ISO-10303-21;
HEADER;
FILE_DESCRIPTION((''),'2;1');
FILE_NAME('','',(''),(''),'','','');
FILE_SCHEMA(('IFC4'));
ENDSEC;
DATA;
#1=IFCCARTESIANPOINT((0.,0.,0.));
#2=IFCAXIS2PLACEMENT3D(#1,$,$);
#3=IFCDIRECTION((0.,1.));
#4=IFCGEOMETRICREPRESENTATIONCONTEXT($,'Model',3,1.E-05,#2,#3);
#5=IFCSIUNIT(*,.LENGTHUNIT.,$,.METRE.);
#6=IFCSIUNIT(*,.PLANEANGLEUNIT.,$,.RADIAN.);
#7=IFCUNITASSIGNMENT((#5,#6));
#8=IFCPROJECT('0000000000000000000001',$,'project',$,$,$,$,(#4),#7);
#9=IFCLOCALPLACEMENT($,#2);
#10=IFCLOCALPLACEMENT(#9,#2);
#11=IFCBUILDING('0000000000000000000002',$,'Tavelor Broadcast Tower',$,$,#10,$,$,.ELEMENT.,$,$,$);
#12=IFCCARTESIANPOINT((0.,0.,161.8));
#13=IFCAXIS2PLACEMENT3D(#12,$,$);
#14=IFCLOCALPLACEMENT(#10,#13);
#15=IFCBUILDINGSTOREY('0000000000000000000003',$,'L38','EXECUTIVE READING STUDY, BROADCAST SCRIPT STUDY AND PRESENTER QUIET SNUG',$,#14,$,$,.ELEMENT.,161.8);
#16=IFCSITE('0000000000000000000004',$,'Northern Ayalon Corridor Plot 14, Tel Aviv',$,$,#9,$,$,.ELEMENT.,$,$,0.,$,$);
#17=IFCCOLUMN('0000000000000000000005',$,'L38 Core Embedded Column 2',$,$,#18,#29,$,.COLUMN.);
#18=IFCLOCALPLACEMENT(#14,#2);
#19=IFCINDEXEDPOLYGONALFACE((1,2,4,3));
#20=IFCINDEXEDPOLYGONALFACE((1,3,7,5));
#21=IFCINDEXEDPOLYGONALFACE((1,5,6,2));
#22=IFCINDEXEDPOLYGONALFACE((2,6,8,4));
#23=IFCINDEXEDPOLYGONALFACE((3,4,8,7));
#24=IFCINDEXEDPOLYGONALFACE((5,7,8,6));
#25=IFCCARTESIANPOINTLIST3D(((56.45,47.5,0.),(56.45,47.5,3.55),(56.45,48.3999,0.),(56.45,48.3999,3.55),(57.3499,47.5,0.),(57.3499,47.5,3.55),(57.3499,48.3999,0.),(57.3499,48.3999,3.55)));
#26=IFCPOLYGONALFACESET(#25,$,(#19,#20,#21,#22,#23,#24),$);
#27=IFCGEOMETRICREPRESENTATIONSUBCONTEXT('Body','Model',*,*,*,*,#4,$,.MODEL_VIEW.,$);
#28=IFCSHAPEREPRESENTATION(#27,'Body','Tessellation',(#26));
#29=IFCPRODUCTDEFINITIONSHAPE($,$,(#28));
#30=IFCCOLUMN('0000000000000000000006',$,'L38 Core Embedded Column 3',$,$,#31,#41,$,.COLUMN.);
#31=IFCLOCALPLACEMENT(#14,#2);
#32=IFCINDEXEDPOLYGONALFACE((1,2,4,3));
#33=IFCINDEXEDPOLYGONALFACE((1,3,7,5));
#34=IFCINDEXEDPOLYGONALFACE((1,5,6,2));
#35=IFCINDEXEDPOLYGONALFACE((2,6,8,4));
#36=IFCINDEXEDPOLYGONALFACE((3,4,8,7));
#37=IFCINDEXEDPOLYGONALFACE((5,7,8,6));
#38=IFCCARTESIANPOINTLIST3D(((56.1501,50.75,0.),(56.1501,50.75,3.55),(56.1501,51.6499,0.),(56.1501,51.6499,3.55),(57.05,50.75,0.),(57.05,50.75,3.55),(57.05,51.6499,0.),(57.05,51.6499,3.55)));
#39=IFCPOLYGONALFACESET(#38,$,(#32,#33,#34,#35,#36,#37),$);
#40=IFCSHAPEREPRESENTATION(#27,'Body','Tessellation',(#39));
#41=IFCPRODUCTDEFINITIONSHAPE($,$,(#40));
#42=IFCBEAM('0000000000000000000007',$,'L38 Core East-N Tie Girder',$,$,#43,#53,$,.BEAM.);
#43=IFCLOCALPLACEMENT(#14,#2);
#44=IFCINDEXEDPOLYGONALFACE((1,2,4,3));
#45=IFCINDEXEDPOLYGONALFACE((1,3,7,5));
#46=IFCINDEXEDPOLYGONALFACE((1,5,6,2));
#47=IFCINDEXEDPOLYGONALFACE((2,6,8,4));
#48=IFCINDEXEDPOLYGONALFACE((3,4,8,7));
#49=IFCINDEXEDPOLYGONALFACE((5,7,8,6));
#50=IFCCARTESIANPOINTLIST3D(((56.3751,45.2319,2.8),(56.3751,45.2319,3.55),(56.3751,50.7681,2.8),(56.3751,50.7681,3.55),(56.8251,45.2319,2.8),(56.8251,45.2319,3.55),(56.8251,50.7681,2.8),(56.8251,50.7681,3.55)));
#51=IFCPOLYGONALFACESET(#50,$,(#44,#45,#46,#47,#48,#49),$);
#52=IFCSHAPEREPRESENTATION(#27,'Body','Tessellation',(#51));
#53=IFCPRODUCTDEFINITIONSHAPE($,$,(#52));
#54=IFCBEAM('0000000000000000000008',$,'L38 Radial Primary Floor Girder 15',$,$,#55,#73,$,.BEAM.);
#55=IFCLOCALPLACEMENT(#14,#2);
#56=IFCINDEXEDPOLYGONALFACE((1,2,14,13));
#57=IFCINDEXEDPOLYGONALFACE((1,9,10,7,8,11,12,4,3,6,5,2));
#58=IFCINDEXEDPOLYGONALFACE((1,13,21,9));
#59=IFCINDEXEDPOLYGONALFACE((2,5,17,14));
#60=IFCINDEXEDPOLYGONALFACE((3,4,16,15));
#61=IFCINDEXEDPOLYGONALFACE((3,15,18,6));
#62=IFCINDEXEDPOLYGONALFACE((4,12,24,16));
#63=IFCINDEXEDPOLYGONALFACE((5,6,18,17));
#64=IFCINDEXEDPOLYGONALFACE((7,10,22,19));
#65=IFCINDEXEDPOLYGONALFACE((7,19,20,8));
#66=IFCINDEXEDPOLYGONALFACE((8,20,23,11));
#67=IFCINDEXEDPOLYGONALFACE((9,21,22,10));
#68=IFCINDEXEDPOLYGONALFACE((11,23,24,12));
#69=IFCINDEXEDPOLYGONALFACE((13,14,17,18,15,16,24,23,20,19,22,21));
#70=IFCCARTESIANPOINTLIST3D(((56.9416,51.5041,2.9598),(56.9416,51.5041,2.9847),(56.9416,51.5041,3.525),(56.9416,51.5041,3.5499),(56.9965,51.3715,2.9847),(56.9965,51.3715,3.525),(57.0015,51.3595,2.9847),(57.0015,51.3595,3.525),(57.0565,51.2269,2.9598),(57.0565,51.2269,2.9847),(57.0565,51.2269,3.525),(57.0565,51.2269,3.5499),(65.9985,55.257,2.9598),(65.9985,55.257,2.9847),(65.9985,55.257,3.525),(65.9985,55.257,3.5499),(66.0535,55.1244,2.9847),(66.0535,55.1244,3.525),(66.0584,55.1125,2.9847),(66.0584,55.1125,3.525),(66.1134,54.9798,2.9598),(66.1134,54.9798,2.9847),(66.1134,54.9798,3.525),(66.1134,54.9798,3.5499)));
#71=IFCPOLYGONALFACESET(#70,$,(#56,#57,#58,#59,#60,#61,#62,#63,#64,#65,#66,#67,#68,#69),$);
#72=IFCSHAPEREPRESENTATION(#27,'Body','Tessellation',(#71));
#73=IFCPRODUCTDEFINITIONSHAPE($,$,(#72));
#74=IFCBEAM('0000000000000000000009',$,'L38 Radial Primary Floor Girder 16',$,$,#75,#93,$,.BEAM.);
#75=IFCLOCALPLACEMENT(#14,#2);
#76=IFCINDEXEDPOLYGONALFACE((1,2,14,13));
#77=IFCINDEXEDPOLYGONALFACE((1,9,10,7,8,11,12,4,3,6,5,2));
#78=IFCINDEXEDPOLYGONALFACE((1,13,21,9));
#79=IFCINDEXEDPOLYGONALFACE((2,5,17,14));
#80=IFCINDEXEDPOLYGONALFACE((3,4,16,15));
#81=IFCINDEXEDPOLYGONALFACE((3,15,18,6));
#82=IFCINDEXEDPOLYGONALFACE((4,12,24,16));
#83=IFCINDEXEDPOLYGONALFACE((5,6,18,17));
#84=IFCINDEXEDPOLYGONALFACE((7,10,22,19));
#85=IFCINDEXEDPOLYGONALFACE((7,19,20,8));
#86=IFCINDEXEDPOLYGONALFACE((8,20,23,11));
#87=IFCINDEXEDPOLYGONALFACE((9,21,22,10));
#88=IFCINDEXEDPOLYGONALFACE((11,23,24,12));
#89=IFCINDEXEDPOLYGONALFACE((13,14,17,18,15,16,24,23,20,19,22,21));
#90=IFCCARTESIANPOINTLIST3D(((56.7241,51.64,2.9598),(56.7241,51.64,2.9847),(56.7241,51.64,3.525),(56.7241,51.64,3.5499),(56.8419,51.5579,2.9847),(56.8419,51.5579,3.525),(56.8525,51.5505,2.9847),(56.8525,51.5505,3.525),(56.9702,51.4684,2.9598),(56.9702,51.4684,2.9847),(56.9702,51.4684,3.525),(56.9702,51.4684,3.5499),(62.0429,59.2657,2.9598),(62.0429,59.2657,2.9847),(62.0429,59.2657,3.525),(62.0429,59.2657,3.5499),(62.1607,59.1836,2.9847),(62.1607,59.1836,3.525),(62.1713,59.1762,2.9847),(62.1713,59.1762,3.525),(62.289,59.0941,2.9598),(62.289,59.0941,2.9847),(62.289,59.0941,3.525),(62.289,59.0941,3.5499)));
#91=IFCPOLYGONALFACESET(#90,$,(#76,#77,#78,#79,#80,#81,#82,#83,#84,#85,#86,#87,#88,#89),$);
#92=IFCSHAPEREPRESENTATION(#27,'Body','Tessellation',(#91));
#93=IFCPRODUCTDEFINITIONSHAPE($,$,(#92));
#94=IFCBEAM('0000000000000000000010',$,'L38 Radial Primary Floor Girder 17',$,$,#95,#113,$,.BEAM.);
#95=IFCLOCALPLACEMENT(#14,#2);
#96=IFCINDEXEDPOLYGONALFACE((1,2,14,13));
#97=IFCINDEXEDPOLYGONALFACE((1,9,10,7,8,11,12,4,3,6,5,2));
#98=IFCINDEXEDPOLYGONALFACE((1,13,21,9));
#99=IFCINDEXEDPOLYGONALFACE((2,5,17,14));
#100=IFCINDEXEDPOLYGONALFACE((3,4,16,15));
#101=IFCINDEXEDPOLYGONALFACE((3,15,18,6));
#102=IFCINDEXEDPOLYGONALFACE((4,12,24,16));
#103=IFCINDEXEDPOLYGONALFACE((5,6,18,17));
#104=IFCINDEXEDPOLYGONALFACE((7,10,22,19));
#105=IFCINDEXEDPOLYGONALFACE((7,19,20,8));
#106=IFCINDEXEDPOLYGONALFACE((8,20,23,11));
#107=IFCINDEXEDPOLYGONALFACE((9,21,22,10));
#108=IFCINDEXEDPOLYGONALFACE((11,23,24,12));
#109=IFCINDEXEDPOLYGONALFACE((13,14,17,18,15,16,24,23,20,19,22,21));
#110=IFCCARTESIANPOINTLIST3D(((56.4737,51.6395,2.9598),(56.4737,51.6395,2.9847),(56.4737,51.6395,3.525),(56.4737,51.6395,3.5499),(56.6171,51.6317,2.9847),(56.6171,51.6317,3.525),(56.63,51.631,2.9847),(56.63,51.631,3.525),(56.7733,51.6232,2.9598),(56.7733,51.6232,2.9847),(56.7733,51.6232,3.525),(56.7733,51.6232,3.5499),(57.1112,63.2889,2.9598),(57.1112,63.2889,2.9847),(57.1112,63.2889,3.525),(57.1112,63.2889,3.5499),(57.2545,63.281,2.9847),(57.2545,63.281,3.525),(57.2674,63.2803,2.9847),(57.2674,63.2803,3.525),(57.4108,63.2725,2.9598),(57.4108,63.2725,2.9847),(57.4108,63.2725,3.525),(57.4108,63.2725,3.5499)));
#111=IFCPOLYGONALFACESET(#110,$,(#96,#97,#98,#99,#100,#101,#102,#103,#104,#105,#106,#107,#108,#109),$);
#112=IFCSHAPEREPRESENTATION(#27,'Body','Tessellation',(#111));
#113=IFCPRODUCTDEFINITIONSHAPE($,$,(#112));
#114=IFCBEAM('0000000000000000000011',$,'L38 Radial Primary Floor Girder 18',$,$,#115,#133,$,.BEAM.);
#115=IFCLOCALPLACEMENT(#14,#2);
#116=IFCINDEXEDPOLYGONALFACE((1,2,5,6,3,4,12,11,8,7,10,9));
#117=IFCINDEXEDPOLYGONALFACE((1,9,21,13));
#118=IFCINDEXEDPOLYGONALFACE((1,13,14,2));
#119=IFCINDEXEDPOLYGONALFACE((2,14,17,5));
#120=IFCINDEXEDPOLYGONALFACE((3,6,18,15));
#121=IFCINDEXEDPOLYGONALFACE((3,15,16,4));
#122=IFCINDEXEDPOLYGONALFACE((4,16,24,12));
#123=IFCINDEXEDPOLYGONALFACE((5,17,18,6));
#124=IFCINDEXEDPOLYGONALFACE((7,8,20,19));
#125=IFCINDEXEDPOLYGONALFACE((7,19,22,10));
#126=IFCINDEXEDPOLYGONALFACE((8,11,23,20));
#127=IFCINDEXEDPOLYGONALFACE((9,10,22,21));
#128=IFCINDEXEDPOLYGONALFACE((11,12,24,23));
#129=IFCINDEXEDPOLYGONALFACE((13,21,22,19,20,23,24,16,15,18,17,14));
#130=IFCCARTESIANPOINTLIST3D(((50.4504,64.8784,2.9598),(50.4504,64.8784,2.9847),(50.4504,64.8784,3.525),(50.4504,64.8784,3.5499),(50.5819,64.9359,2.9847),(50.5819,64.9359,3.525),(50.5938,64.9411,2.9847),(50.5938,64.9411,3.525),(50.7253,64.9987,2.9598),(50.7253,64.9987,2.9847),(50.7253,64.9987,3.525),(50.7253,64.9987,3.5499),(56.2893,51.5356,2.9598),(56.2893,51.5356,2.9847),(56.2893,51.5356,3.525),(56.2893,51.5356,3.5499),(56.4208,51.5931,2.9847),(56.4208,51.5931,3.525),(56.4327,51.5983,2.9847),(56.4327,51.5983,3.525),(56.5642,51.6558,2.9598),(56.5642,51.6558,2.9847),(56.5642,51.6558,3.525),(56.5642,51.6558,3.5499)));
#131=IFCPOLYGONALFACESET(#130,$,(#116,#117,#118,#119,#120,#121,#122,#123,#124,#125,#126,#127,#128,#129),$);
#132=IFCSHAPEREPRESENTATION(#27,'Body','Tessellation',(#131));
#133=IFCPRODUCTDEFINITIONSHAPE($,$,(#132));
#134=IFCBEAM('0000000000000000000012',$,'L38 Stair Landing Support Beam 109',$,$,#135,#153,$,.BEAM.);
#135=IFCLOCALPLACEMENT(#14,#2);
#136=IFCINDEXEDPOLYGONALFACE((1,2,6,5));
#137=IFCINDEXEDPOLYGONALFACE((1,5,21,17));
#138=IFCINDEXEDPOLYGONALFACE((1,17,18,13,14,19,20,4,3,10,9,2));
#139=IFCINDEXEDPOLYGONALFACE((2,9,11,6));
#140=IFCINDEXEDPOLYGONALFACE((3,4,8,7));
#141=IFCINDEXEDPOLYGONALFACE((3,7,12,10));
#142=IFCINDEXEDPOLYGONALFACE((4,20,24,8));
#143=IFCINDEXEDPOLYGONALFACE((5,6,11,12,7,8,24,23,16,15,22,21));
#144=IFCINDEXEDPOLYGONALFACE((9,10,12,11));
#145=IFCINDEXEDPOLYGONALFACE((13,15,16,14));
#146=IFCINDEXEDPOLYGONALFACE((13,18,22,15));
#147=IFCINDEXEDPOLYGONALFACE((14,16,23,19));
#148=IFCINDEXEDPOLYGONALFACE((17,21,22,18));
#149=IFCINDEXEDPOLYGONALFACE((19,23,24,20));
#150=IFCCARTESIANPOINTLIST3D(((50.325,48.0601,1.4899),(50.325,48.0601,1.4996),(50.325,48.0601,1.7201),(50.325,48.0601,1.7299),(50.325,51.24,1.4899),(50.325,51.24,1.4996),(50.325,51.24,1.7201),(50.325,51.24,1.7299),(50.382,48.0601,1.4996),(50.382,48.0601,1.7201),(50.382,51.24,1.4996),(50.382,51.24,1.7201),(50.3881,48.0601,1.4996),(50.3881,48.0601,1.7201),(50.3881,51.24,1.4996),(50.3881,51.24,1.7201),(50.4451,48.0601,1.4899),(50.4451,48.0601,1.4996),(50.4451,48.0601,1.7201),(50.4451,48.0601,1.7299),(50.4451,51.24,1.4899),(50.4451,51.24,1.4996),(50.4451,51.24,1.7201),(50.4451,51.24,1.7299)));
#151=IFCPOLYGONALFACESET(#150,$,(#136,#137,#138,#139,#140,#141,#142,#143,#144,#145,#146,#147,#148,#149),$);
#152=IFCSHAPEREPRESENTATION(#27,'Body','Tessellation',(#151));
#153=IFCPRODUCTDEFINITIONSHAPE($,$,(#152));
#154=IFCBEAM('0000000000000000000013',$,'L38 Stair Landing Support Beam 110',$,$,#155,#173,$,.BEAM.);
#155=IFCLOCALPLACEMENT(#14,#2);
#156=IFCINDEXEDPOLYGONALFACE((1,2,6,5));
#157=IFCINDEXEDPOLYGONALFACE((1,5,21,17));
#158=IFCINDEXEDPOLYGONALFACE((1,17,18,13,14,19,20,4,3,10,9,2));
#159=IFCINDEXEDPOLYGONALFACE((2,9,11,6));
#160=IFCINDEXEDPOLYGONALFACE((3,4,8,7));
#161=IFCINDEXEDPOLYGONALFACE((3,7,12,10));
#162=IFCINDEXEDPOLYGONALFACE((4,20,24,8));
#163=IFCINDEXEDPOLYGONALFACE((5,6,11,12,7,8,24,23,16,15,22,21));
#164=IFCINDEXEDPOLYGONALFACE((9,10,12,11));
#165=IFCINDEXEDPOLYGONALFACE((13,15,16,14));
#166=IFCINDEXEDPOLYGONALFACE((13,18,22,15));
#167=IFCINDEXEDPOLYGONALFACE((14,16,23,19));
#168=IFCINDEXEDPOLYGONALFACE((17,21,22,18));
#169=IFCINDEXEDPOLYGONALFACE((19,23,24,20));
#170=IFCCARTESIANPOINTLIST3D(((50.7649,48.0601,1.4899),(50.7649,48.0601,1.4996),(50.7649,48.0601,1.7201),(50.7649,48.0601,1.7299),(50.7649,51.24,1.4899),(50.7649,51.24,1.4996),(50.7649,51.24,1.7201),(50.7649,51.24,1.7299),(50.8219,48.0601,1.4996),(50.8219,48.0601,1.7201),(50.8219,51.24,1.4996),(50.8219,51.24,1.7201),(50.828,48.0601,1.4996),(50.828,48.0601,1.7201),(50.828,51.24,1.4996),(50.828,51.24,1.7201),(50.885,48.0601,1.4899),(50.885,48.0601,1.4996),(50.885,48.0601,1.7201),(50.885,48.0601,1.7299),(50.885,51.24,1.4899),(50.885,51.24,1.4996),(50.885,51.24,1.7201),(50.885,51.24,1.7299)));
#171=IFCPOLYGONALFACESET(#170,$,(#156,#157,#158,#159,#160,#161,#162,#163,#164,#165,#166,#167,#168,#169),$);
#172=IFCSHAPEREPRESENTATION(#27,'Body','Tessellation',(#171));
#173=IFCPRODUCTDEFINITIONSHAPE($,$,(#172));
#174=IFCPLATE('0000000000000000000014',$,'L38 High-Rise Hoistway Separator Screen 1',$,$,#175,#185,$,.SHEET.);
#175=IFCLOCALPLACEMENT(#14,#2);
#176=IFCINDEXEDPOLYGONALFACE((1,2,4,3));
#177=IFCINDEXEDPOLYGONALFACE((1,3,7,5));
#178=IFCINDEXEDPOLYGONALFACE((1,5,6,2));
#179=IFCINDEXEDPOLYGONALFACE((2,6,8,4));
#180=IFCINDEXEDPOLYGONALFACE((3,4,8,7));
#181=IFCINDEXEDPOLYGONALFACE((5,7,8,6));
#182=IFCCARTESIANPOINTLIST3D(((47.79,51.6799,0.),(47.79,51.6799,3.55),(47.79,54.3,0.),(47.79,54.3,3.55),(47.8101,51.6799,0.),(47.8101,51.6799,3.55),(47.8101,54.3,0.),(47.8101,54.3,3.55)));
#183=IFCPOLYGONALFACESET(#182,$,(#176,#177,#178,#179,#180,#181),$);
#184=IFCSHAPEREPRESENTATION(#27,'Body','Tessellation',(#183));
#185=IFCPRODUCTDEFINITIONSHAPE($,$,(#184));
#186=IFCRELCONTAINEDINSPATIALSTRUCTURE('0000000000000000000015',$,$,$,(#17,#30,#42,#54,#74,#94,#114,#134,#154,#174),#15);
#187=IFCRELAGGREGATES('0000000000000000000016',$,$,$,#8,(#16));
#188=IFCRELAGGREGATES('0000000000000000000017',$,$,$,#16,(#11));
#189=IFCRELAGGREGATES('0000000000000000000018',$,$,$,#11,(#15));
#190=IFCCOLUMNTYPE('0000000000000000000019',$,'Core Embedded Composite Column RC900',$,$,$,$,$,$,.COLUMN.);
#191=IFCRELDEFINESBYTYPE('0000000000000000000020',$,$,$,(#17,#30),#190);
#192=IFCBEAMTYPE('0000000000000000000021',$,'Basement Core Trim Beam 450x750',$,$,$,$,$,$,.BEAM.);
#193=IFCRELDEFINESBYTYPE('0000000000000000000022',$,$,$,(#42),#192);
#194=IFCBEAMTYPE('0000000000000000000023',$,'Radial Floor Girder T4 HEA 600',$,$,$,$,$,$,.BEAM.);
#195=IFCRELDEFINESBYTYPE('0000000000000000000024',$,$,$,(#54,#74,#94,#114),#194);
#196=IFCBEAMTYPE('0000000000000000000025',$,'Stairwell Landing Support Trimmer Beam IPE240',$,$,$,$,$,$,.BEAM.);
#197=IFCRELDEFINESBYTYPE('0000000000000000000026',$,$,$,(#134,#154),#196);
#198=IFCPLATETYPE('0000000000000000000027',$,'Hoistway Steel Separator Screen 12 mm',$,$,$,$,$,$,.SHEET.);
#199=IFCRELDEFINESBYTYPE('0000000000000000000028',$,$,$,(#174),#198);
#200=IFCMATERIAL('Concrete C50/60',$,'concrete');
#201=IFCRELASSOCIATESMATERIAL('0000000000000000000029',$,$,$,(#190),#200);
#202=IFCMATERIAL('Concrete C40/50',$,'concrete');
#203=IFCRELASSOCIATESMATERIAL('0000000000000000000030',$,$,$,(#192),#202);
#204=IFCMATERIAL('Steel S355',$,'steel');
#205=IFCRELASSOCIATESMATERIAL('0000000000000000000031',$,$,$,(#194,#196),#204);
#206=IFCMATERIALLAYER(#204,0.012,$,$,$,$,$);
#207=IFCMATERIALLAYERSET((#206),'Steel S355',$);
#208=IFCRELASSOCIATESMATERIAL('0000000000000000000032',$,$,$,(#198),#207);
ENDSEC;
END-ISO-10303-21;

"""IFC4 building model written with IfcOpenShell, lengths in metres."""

from ifc_helpers import new_model, si_unit, direction, frame, origin, origin_2d, place, context, subcontext, project, spatial, rectangle, i_section, extrude, source, transform, mapped, material, layer, layer_set, material_profile, profile_set, type_object, type_shapes, element, save


model = new_model("IFC4")

# Units and contexts
model_context = context("Model", 3, precision=1e-05, world=origin(), true_north=direction((0.0, 1.0)))
body_context = subcontext(model_context, "Body", "Model", "MODEL_VIEW")
ifc_project = project(units=[si_unit("LENGTHUNIT", "METRE"), si_unit("PLANEANGLEUNIT", "RADIAN")], contexts=[model_context])

# Site, building, storey
site_placement = place(None, origin())
site = spatial("IfcSite", under=ifc_project, at=site_placement, Name="Northern Ayalon Corridor Plot 14, Tel Aviv", CompositionType="ELEMENT", RefElevation=0.0)
building_placement = place(site_placement, origin())
building = spatial("IfcBuilding", under=site, at=building_placement, Name="Tavelor Broadcast Tower", CompositionType="ELEMENT")
storey_placement = place(building_placement, frame((0.0, 0.0, 161.8)))
storey = spatial("IfcBuildingStorey", under=building, at=storey_placement, Name="L38", Description="EXECUTIVE READING STUDY, BROADCAST SCRIPT STUDY AND PRESENTER QUIET SNUG", CompositionType="ELEMENT", Elevation=161.8)

# Columns
ifc_material_1 = material(Name="Concrete C50/60", Category="concrete")
ifc_material_profile_1 = material_profile(ifc_material_1, rectangle(XDim=0.8999, YDim=0.8999, at=origin_2d()), Name="RC 900x900")
ifc_profile_set_1 = profile_set([ifc_material_profile_1], Name="Concrete C50/60")
column_type = type_object("IfcColumnType", Name="Core Embedded Composite Column RC900", PredefinedType="COLUMN", material=ifc_profile_set_1)
for number, where, z_axis, x_axis, name in (
    (1, (56.8999, 47.95, 0.0), (0.0, 0.0, 1.0), (1.0, 0.0, 0.0), "L38 Core Embedded Column 2"),
    (2, (56.6001, 51.2, 0.0), (0.0, 0.0, 1.0), (1.0, 0.0, 0.0), "L38 Core Embedded Column 3"),
):
    element("IfcColumn", number, at=place(storey_placement, frame(where, z_axis=z_axis, x_axis=x_axis)), inside=storey, type_object=column_type, Name=name, PredefinedType="COLUMN", context=body_context, shape_type="SweptSolid", body=[
        extrude(rectangle(XDim=0.8999, YDim=0.8999, at=origin_2d()), origin(), (0.0, 0.0, 1.0), 3.55),
    ])

# Beams
ifc_material_2 = material(Name="Concrete C40/50", Category="concrete")
ifc_material_profile_2 = material_profile(ifc_material_2, rectangle(XDim=0.45, YDim=0.75, at=origin_2d()), Name="RC 450x750")
ifc_profile_set_2 = profile_set([ifc_material_profile_2], Name="Concrete C40/50")
beam_type_1 = type_object("IfcBeamType", Name="Basement Core Trim Beam 450x750", PredefinedType="BEAM", material=ifc_profile_set_2)
beam_1_placement = place(storey_placement, frame((56.6001, 45.2319, 3.175), z_axis=(0.0, 1.0, 0.0), x_axis=(-1.0, 0.0, 0.0)))
element("IfcBeam", 3, at=beam_1_placement, inside=storey, type_object=beam_type_1, Name="L38 Core East-N Tie Girder", PredefinedType="BEAM", context=body_context, shape_type="SweptSolid", body=[
    extrude(rectangle(XDim=0.45, YDim=0.75, at=origin_2d()), origin(), (0.0, 0.0, 1.0), 5.5361),
])
ifc_material_3 = material(Name="Steel S355", Category="steel")
ifc_material_profile_3 = material_profile(ifc_material_3, i_section(OverallWidth=0.3, OverallDepth=0.5901, WebThickness=0.0129, FlangeThickness=0.0249, at=origin_2d()), Name="HEA 600")
ifc_profile_set_3 = profile_set([ifc_material_profile_3], Name="Steel S355")
beam_type_2 = type_object("IfcBeamType", Name="Radial Floor Girder T4 HEA 600", PredefinedType="BEAM", material=ifc_profile_set_3)
beam_2_placement = place(storey_placement, frame((56.999, 51.3655, 3.2549), z_axis=(0.923827, 0.382809, 0.0), x_axis=(-0.382809, 0.923827, 0.0)))
element("IfcBeam", 4, at=beam_2_placement, inside=storey, type_object=beam_type_2, Name="L38 Radial Primary Floor Girder 15", PredefinedType="BEAM", context=body_context, shape_type="SweptSolid", body=[
    extrude(i_section(OverallWidth=0.3, OverallDepth=0.5901, WebThickness=0.0129, FlangeThickness=0.0249, at=origin_2d()), origin(), (0.0, 0.0, 1.0), 9.8037),
])
beam_3_placement = place(storey_placement, frame((56.8472, 51.5542, 3.2549), z_axis=(0.572078, 0.820199, 0.0), x_axis=(-0.820199, 0.572078, 0.0)))
element("IfcBeam", 5, at=beam_3_placement, inside=storey, type_object=beam_type_2, Name="L38 Radial Primary Floor Girder 16", PredefinedType="BEAM", context=body_context, shape_type="SweptSolid", body=[
    extrude(i_section(OverallWidth=0.3, OverallDepth=0.5901, WebThickness=0.0129, FlangeThickness=0.0249, at=origin_2d()), origin(), (0.0, 0.0, 1.0), 9.2974),
])
beam_4_placement = place(storey_placement, frame((56.6235, 51.6313, 3.2549), z_axis=(0.054638, 0.998506, 0.0), x_axis=(-0.998506, 0.054638, 0.0)))
element("IfcBeam", 6, at=beam_4_placement, inside=storey, type_object=beam_type_2, Name="L38 Radial Primary Floor Girder 17", PredefinedType="BEAM", context=body_context, shape_type="SweptSolid", body=[
    extrude(i_section(OverallWidth=0.3, OverallDepth=0.5901, WebThickness=0.0129, FlangeThickness=0.0249, at=origin_2d()), origin(), (0.0, 0.0, 1.0), 11.6667),
])
beam_5_placement = place(storey_placement, frame((56.4268, 51.5957, 3.2549), z_axis=(-0.4009, 0.916122, 0.0), x_axis=(-0.916122, -0.4009, 0.0)))
element("IfcBeam", 7, at=beam_5_placement, inside=storey, type_object=beam_type_2, Name="L38 Radial Primary Floor Girder 18", PredefinedType="BEAM", context=body_context, shape_type="SweptSolid", body=[
    extrude(i_section(OverallWidth=0.3, OverallDepth=0.5901, WebThickness=0.0129, FlangeThickness=0.0249, at=origin_2d()), origin(), (0.0, 0.0, 1.0), 14.5645),
])
ifc_material_profile_4 = material_profile(ifc_material_3, i_section(OverallWidth=0.1201, OverallDepth=0.24, WebThickness=0.0061, FlangeThickness=0.0098, at=origin_2d()), Name="IPE 240")
ifc_profile_set_4 = profile_set([ifc_material_profile_4], Name="Steel S355")
beam_type_3 = type_object("IfcBeamType", Name="Stairwell Landing Support Trimmer Beam IPE240", PredefinedType="BEAM", material=ifc_profile_set_4)
for number, where, z_axis, x_axis, name in (
    (8, (50.385, 48.0601, 1.6099), (0.0, 1.0, 0.0), (-1.0, 0.0, 0.0), "L38 Stair Landing Support Beam 109"),
    (9, (50.825, 48.0601, 1.6099), (0.0, 1.0, 0.0), (-1.0, 0.0, 0.0), "L38 Stair Landing Support Beam 110"),
):
    element("IfcBeam", number, at=place(storey_placement, frame(where, z_axis=z_axis, x_axis=x_axis)), inside=storey, type_object=beam_type_3, Name=name, PredefinedType="BEAM", context=body_context, shape_type="SweptSolid", body=[
        extrude(i_section(OverallWidth=0.1201, OverallDepth=0.24, WebThickness=0.0061, FlangeThickness=0.0098, at=origin_2d()), origin(), (0.0, 0.0, 1.0), 3.1799),
    ])

# Plate
ifc_layer_1 = layer(ifc_material_3, 0.012)
ifc_layer_set_1 = layer_set([ifc_layer_1], Name="Steel S355")
plate_type = type_object("IfcPlateType", Name="Hoistway Steel Separator Screen 12 mm", PredefinedType="SHEET", material=ifc_layer_set_1)
shared_shape = source(origin(), body_context, "Body", "SweptSolid", [
    extrude(rectangle(XDim=0.02, YDim=2.6201, at=origin_2d()), origin(), (0.0, 0.0, 1.0), 3.55),
])
type_shapes(plate_type, [shared_shape])
for number, where, z_axis, x_axis, name in (
    (10, (47.8, 52.99, 0.0), (0.0, 0.0, 1.0), (1.0, 0.0, 0.0), "L38 High-Rise Hoistway Separator Screen 1"),
):
    element("IfcPlate", number, at=place(storey_placement, frame(where, z_axis=z_axis, x_axis=x_axis)), inside=storey, type_object=plate_type, Name=name, PredefinedType="SHEET", context=body_context, shape_type="MappedRepresentation", body=[
        mapped(shared_shape, transform((0.0, 0.0, 0.0), scale=1.0)),
    ])

save(model, "model.ifc")
